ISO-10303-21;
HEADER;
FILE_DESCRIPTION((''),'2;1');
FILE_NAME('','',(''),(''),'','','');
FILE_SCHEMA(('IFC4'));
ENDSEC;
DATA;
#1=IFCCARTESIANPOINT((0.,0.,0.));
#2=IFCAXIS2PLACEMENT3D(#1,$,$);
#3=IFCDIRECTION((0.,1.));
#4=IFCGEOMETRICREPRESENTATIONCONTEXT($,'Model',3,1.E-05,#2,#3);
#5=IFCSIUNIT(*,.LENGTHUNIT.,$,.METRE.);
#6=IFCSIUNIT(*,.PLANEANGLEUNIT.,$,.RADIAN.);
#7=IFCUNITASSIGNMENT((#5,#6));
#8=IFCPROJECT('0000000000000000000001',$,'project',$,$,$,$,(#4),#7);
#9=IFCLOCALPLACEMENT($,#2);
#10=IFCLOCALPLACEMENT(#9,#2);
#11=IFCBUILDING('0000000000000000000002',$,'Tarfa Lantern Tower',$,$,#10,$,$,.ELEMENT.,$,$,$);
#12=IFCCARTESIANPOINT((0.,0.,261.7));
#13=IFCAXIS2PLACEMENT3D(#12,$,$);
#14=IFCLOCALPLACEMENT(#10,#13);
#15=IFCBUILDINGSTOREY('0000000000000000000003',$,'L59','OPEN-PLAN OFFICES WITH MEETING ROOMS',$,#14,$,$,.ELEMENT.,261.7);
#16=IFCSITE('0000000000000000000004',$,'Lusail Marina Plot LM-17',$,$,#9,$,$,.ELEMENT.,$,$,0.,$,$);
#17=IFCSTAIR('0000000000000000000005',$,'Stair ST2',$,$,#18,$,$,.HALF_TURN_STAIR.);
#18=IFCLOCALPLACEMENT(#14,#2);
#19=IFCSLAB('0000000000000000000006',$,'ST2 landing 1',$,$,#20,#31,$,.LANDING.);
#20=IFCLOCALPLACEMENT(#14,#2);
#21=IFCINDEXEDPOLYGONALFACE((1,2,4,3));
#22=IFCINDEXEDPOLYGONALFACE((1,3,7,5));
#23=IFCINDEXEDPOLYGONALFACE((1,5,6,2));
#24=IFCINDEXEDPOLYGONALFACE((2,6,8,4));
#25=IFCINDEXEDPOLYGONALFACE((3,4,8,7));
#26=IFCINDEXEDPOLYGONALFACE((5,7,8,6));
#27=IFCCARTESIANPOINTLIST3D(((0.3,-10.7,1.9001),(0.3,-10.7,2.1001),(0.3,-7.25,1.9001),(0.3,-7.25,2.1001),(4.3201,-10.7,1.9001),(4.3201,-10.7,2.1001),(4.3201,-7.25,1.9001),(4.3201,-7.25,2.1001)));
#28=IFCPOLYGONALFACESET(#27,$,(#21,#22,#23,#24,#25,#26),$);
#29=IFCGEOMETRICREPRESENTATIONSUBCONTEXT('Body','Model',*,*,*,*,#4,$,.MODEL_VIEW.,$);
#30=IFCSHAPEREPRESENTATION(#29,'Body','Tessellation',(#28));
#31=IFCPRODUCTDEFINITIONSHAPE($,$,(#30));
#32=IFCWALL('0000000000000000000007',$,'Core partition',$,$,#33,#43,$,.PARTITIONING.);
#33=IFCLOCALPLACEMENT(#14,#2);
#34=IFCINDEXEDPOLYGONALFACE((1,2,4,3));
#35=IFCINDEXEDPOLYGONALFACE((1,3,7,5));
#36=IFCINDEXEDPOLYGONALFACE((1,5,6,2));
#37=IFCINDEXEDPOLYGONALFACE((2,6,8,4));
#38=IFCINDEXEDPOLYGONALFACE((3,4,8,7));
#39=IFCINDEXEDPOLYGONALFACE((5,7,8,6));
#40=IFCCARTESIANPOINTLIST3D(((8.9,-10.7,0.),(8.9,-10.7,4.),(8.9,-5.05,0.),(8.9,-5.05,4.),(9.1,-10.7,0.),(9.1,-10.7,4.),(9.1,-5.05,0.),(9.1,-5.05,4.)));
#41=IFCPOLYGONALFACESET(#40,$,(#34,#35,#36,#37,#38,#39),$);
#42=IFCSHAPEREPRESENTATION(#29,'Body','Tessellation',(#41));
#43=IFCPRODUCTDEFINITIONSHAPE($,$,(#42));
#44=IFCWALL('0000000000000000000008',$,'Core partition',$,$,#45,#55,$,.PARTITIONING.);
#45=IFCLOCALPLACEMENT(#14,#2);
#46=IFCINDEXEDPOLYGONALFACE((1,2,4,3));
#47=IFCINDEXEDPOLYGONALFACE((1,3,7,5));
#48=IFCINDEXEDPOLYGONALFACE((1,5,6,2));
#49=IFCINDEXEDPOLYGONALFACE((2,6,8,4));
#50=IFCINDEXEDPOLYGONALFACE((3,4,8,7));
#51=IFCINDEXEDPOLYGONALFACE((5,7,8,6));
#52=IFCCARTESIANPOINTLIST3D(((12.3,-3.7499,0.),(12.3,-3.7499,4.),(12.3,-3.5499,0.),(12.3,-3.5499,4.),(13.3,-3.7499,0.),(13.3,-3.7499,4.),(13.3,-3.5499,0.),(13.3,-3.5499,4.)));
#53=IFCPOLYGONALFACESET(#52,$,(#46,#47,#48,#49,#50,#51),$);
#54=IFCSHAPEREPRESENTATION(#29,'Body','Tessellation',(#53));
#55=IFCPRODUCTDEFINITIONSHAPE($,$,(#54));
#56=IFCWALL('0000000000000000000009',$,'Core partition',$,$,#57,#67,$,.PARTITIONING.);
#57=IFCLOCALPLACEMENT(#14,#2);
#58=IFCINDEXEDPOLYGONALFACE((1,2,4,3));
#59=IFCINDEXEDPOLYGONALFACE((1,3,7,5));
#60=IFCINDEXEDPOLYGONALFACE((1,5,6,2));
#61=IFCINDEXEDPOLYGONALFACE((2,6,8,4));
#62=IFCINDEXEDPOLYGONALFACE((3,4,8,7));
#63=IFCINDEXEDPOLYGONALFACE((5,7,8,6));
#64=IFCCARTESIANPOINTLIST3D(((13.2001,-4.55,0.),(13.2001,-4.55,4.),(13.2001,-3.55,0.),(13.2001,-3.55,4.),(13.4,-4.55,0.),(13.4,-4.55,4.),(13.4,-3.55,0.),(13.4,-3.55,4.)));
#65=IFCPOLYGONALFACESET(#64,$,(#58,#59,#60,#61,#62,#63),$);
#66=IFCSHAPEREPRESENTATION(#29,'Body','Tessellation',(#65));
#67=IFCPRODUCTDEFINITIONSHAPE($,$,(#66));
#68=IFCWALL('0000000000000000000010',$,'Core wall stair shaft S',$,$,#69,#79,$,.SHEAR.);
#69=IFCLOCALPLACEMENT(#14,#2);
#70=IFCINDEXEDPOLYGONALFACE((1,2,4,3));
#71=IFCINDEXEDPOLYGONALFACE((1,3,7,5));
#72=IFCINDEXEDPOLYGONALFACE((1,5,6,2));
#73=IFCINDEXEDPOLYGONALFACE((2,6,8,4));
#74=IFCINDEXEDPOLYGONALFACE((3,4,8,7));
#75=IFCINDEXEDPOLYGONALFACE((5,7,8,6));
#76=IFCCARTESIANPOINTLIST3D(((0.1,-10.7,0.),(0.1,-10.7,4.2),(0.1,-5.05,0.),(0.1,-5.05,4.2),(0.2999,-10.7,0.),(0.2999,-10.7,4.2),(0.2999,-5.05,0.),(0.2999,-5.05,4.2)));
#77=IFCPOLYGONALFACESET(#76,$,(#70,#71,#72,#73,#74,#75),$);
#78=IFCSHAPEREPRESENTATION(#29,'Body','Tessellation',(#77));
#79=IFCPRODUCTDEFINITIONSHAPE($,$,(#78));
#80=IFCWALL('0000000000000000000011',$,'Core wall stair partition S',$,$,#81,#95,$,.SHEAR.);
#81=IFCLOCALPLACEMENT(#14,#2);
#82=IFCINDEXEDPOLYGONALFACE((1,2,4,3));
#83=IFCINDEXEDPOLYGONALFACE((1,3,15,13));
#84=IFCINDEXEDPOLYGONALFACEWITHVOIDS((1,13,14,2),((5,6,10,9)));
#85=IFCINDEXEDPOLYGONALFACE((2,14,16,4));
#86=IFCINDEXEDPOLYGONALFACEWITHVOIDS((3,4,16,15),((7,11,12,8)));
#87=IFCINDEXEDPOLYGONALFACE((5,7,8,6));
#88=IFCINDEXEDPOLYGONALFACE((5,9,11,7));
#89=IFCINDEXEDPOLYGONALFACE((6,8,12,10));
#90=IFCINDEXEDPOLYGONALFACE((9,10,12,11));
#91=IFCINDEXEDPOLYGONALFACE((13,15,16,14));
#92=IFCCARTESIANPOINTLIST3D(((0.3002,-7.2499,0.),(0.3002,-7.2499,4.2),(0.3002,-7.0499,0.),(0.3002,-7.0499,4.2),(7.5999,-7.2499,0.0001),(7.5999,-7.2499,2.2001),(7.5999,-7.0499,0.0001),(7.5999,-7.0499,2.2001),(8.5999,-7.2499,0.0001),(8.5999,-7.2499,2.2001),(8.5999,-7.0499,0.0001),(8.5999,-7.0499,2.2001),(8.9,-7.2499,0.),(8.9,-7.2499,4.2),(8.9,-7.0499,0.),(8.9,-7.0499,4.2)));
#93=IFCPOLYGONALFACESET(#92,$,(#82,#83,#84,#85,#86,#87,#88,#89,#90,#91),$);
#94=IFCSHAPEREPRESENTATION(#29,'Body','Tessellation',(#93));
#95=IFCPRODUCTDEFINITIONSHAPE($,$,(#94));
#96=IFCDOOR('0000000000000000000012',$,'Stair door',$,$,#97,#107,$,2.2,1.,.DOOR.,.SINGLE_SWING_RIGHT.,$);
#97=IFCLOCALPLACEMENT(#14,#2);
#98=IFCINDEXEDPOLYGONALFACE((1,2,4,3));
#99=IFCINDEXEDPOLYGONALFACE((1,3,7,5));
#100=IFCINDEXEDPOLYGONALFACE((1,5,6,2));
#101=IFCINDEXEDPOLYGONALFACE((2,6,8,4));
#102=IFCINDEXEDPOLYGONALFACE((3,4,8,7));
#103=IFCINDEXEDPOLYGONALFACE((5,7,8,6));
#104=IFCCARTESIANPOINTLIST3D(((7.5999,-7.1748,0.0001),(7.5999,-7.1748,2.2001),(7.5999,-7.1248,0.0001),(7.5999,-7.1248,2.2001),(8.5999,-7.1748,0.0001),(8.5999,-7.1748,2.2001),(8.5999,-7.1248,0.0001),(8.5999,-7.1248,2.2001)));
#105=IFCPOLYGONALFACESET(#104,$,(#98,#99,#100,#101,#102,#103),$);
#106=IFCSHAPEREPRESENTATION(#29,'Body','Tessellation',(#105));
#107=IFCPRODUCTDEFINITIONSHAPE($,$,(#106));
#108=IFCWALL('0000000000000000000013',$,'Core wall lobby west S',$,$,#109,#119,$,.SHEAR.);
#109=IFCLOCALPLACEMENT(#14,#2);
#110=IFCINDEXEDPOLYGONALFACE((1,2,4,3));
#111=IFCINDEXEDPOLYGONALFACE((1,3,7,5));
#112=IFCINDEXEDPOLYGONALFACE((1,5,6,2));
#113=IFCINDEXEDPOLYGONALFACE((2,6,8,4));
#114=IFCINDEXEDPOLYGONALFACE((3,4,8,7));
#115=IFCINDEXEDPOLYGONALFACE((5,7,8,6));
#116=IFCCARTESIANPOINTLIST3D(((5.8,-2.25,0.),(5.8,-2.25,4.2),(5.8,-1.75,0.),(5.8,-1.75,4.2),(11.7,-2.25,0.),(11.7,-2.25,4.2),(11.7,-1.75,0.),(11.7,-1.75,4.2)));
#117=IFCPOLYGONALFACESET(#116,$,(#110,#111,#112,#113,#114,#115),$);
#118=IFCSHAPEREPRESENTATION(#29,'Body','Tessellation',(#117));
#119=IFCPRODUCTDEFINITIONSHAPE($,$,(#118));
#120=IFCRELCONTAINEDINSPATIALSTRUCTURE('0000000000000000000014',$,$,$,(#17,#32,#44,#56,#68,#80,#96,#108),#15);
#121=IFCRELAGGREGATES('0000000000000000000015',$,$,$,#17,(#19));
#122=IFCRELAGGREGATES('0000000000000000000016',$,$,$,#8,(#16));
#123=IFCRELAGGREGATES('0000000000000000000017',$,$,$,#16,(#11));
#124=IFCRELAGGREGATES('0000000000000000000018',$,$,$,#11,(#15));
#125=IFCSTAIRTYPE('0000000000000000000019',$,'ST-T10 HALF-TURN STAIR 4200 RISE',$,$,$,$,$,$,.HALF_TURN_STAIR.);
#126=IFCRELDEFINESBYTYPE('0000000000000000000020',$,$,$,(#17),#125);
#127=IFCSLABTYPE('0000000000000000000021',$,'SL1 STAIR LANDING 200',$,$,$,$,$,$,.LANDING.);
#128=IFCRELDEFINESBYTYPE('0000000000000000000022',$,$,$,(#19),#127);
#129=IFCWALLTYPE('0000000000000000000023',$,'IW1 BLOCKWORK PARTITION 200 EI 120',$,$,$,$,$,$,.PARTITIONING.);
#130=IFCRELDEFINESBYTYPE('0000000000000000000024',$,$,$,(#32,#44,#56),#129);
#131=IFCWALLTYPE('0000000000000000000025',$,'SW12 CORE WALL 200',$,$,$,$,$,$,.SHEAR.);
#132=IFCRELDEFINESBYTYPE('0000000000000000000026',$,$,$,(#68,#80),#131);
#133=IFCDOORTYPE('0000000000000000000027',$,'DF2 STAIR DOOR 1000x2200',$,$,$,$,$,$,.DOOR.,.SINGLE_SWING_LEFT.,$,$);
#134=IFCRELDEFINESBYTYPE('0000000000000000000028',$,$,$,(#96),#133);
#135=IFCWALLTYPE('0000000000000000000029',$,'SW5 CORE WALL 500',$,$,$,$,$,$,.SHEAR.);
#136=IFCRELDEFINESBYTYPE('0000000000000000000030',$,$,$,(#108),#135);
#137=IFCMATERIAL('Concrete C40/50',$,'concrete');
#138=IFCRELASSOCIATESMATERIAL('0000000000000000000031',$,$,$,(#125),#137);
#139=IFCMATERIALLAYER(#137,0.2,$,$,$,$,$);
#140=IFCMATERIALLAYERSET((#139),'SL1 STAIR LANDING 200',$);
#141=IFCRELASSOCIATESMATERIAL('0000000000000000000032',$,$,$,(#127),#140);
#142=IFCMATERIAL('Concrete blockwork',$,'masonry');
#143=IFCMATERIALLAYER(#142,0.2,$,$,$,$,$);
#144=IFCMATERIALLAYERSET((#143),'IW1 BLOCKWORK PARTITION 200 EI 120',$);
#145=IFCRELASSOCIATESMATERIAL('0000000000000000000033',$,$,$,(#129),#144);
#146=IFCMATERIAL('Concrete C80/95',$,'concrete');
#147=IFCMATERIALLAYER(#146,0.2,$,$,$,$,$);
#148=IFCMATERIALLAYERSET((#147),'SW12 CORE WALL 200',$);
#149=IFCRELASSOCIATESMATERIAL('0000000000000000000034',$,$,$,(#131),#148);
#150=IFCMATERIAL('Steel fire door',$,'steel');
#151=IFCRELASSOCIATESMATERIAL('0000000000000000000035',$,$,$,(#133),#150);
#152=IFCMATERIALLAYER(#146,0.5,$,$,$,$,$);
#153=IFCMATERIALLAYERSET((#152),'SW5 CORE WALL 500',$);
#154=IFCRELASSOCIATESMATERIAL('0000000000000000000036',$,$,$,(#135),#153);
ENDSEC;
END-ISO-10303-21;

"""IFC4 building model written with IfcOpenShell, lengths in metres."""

from ifc_helpers import new_model, si_unit, direction, frame, frame_2d, origin, place, context, subcontext, project, spatial, polyline, rectangle, outline, extrude, material, layer, layer_set, type_object, element, fill, aggregate, save


model = new_model("IFC4")

# Units and contexts
model_context = context("Model", 3, precision=1e-05, world=origin(), true_north=direction((0.0, 1.0)))
body_context = subcontext(model_context, "Body", "Model", "MODEL_VIEW")
ifc_project = project(units=[si_unit("LENGTHUNIT", "METRE"), si_unit("PLANEANGLEUNIT", "RADIAN")], contexts=[model_context])

# Site, building, storey
site_placement = place(None, origin())
site = spatial("IfcSite", under=ifc_project, at=site_placement, Name="Lusail Marina Plot LM-17", CompositionType="ELEMENT", RefElevation=0.0)
building_placement = place(site_placement, origin())
building = spatial("IfcBuilding", under=site, at=building_placement, Name="Tarfa Lantern Tower", CompositionType="ELEMENT")
storey_placement = place(building_placement, frame((0.0, 0.0, 261.7)))
storey = spatial("IfcBuildingStorey", under=building, at=storey_placement, Name="L59", Description="OPEN-PLAN OFFICES WITH MEETING ROOMS", CompositionType="ELEMENT", Elevation=261.7)

# Stair, slab
ifc_material_1 = material(Name="Concrete C40/50", Category="concrete")
stair_type = type_object("IfcStairType", Name="ST-T10 HALF-TURN STAIR 4200 RISE", PredefinedType="HALF_TURN_STAIR", material=ifc_material_1)
stair_placement = place(storey_placement, origin())
stair = element("IfcStair", 1, at=stair_placement, inside=storey, type_object=stair_type, Name="Stair ST2", PredefinedType="HALF_TURN_STAIR")
ifc_layer_1 = layer(ifc_material_1, 0.2)
ifc_layer_set_1 = layer_set([ifc_layer_1], Name="SL1 STAIR LANDING 200")
slab_type = type_object("IfcSlabType", Name="SL1 STAIR LANDING 200", PredefinedType="LANDING", material=ifc_layer_set_1)
slab_placement = place(storey_placement, frame((0.0, 0.0, 1.9001)))
slab = element("IfcSlab", 2, at=slab_placement, type_object=slab_type, Name="ST2 landing 1", PredefinedType="LANDING", context=body_context, shape_type="SweptSolid", body=[
    extrude(outline(polyline([(4.3201, -7.25), (0.3, -7.25), (0.3, -10.7), (4.3201, -10.7), (4.3201, -7.25)])), origin(), (0.0, 0.0, 1.0), 0.2),
])

# Walls
ifc_material_2 = material(Name="Concrete blockwork", Category="masonry")
ifc_layer_2 = layer(ifc_material_2, 0.2)
ifc_layer_set_2 = layer_set([ifc_layer_2], Name="IW1 BLOCKWORK PARTITION 200 EI 120")
wall_type_1 = type_object("IfcWallType", Name="IW1 BLOCKWORK PARTITION 200 EI 120", PredefinedType="PARTITIONING", material=ifc_layer_set_2)
wall_1_placement = place(storey_placement, frame((9.0, -5.05, 0.0), z_axis=(0.0, 0.0, 1.0), x_axis=(0.0, -1.0, 0.0)))
element("IfcWall", 3, at=wall_1_placement, inside=storey, type_object=wall_type_1, Name="Core partition", PredefinedType="PARTITIONING", context=body_context, shape_type="SweptSolid", body=[
    extrude(rectangle(XDim=5.6499, YDim=0.2, at=frame_2d((2.825, 0.0))), origin(), (0.0, 0.0, 1.0), 4.0),
])
for number, where, z_axis, x_axis, name in (
    (4, (13.3, -3.6499, 0.0), (0.0, 0.0, 1.0), (-1.0, 0.0, 0.0), "Core partition"),
    (5, (13.3, -3.55, 0.0), (0.0, 0.0, 1.0), (0.0, -1.0, 0.0), "Core partition"),
):
    element("IfcWall", number, at=place(storey_placement, frame(where, z_axis=z_axis, x_axis=x_axis)), inside=storey, type_object=wall_type_1, Name=name, PredefinedType="PARTITIONING", context=body_context, shape_type="SweptSolid", body=[
        extrude(rectangle(XDim=1.0, YDim=0.2, at=frame_2d((0.5, 0.0))), origin(), (0.0, 0.0, 1.0), 4.0),
    ])
ifc_material_3 = material(Name="Concrete C80/95", Category="concrete")
ifc_layer_3 = layer(ifc_material_3, 0.2)
ifc_layer_set_3 = layer_set([ifc_layer_3], Name="SW12 CORE WALL 200")
wall_type_2 = type_object("IfcWallType", Name="SW12 CORE WALL 200", PredefinedType="SHEAR", material=ifc_layer_set_3)
wall_2_placement = place(storey_placement, frame((0.2, -5.05, 0.0), z_axis=(0.0, 0.0, 1.0), x_axis=(0.0, -1.0, 0.0)))
element("IfcWall", 6, at=wall_2_placement, inside=storey, type_object=wall_type_2, Name="Core wall stair shaft S", PredefinedType="SHEAR", context=body_context, shape_type="SweptSolid", body=[
    extrude(rectangle(XDim=5.6499, YDim=0.2, at=frame_2d((2.825, 0.0))), origin(), (0.0, 0.0, 1.0), 4.2),
])

# Wall, opening, door
wall_3_placement = place(storey_placement, frame((8.8999, -7.1499, 0.0), z_axis=(0.0, 0.0, 1.0), x_axis=(-1.0, 0.0, 0.0)))
wall_3 = element("IfcWall", 7, at=wall_3_placement, inside=storey, type_object=wall_type_2, Name="Core wall stair partition S", PredefinedType="SHEAR", context=body_context, shape_type="SweptSolid", body=[
    extrude(rectangle(XDim=8.5999, YDim=0.2, at=frame_2d((4.2998, 0.0))), origin(), (0.0, 0.0, 1.0), 4.2),
])
opening_1_placement = place(wall_3_placement, frame((0.3, 0.0, 0.0)))
opening_1 = element("IfcOpeningElement", 8, at=opening_1_placement, cuts=wall_3, PredefinedType="OPENING", context=body_context, shape_type="SweptSolid", body=[
    extrude(rectangle(XDim=1.0, YDim=2.2, at=frame_2d((0.5, 1.1001))), frame((0.0, 0.1099, 0.0), z_axis=(0.0, -1.0, 0.0), x_axis=(1.0, 0.0, 0.0)), (0.0, 0.0, 1.0), 0.22),
])
ifc_material_4 = material(Name="Steel fire door", Category="steel")
door_type_1 = type_object("IfcDoorType", Name="DF2 STAIR DOOR 1000x2200", OperationType="SINGLE_SWING_LEFT", PredefinedType="DOOR", material=ifc_material_4)
door_1_placement = place(opening_1_placement, origin())
door_1 = element("IfcDoor", 9, at=door_1_placement, inside=storey, type_object=door_type_1, Name="Stair door", OperationType="SINGLE_SWING_RIGHT", OverallHeight=2.2, OverallWidth=1.0, PredefinedType="DOOR", context=body_context, shape_type="SweptSolid", body=[
    extrude(rectangle(XDim=1.0, YDim=2.2, at=frame_2d((0.5, 1.1001))), frame((0.0, 0.0249, 0.0), z_axis=(0.0, -1.0, 0.0), x_axis=(1.0, 0.0, 0.0)), (0.0, 0.0, 1.0), 0.05),
])
fill(opening_1, door_1)

# Wall
ifc_layer_4 = layer(ifc_material_3, 0.5)
ifc_layer_set_4 = layer_set([ifc_layer_4], Name="SW5 CORE WALL 500")
wall_type_3 = type_object("IfcWallType", Name="SW5 CORE WALL 500", PredefinedType="SHEAR", material=ifc_layer_set_4)
wall_4_placement = place(storey_placement, frame((11.7, -2.0, 0.0), z_axis=(0.0, 0.0, 1.0), x_axis=(-1.0, 0.0, 0.0)))
element("IfcWall", 10, at=wall_4_placement, inside=storey, type_object=wall_type_3, Name="Core wall lobby west S", PredefinedType="SHEAR", context=body_context, shape_type="SweptSolid", body=[
    extrude(rectangle(XDim=5.8999, YDim=0.5, at=frame_2d((2.95, 0.0))), origin(), (0.0, 0.0, 1.0), 4.2),
])

aggregate(stair, [slab])

save(model, "model.ifc")
